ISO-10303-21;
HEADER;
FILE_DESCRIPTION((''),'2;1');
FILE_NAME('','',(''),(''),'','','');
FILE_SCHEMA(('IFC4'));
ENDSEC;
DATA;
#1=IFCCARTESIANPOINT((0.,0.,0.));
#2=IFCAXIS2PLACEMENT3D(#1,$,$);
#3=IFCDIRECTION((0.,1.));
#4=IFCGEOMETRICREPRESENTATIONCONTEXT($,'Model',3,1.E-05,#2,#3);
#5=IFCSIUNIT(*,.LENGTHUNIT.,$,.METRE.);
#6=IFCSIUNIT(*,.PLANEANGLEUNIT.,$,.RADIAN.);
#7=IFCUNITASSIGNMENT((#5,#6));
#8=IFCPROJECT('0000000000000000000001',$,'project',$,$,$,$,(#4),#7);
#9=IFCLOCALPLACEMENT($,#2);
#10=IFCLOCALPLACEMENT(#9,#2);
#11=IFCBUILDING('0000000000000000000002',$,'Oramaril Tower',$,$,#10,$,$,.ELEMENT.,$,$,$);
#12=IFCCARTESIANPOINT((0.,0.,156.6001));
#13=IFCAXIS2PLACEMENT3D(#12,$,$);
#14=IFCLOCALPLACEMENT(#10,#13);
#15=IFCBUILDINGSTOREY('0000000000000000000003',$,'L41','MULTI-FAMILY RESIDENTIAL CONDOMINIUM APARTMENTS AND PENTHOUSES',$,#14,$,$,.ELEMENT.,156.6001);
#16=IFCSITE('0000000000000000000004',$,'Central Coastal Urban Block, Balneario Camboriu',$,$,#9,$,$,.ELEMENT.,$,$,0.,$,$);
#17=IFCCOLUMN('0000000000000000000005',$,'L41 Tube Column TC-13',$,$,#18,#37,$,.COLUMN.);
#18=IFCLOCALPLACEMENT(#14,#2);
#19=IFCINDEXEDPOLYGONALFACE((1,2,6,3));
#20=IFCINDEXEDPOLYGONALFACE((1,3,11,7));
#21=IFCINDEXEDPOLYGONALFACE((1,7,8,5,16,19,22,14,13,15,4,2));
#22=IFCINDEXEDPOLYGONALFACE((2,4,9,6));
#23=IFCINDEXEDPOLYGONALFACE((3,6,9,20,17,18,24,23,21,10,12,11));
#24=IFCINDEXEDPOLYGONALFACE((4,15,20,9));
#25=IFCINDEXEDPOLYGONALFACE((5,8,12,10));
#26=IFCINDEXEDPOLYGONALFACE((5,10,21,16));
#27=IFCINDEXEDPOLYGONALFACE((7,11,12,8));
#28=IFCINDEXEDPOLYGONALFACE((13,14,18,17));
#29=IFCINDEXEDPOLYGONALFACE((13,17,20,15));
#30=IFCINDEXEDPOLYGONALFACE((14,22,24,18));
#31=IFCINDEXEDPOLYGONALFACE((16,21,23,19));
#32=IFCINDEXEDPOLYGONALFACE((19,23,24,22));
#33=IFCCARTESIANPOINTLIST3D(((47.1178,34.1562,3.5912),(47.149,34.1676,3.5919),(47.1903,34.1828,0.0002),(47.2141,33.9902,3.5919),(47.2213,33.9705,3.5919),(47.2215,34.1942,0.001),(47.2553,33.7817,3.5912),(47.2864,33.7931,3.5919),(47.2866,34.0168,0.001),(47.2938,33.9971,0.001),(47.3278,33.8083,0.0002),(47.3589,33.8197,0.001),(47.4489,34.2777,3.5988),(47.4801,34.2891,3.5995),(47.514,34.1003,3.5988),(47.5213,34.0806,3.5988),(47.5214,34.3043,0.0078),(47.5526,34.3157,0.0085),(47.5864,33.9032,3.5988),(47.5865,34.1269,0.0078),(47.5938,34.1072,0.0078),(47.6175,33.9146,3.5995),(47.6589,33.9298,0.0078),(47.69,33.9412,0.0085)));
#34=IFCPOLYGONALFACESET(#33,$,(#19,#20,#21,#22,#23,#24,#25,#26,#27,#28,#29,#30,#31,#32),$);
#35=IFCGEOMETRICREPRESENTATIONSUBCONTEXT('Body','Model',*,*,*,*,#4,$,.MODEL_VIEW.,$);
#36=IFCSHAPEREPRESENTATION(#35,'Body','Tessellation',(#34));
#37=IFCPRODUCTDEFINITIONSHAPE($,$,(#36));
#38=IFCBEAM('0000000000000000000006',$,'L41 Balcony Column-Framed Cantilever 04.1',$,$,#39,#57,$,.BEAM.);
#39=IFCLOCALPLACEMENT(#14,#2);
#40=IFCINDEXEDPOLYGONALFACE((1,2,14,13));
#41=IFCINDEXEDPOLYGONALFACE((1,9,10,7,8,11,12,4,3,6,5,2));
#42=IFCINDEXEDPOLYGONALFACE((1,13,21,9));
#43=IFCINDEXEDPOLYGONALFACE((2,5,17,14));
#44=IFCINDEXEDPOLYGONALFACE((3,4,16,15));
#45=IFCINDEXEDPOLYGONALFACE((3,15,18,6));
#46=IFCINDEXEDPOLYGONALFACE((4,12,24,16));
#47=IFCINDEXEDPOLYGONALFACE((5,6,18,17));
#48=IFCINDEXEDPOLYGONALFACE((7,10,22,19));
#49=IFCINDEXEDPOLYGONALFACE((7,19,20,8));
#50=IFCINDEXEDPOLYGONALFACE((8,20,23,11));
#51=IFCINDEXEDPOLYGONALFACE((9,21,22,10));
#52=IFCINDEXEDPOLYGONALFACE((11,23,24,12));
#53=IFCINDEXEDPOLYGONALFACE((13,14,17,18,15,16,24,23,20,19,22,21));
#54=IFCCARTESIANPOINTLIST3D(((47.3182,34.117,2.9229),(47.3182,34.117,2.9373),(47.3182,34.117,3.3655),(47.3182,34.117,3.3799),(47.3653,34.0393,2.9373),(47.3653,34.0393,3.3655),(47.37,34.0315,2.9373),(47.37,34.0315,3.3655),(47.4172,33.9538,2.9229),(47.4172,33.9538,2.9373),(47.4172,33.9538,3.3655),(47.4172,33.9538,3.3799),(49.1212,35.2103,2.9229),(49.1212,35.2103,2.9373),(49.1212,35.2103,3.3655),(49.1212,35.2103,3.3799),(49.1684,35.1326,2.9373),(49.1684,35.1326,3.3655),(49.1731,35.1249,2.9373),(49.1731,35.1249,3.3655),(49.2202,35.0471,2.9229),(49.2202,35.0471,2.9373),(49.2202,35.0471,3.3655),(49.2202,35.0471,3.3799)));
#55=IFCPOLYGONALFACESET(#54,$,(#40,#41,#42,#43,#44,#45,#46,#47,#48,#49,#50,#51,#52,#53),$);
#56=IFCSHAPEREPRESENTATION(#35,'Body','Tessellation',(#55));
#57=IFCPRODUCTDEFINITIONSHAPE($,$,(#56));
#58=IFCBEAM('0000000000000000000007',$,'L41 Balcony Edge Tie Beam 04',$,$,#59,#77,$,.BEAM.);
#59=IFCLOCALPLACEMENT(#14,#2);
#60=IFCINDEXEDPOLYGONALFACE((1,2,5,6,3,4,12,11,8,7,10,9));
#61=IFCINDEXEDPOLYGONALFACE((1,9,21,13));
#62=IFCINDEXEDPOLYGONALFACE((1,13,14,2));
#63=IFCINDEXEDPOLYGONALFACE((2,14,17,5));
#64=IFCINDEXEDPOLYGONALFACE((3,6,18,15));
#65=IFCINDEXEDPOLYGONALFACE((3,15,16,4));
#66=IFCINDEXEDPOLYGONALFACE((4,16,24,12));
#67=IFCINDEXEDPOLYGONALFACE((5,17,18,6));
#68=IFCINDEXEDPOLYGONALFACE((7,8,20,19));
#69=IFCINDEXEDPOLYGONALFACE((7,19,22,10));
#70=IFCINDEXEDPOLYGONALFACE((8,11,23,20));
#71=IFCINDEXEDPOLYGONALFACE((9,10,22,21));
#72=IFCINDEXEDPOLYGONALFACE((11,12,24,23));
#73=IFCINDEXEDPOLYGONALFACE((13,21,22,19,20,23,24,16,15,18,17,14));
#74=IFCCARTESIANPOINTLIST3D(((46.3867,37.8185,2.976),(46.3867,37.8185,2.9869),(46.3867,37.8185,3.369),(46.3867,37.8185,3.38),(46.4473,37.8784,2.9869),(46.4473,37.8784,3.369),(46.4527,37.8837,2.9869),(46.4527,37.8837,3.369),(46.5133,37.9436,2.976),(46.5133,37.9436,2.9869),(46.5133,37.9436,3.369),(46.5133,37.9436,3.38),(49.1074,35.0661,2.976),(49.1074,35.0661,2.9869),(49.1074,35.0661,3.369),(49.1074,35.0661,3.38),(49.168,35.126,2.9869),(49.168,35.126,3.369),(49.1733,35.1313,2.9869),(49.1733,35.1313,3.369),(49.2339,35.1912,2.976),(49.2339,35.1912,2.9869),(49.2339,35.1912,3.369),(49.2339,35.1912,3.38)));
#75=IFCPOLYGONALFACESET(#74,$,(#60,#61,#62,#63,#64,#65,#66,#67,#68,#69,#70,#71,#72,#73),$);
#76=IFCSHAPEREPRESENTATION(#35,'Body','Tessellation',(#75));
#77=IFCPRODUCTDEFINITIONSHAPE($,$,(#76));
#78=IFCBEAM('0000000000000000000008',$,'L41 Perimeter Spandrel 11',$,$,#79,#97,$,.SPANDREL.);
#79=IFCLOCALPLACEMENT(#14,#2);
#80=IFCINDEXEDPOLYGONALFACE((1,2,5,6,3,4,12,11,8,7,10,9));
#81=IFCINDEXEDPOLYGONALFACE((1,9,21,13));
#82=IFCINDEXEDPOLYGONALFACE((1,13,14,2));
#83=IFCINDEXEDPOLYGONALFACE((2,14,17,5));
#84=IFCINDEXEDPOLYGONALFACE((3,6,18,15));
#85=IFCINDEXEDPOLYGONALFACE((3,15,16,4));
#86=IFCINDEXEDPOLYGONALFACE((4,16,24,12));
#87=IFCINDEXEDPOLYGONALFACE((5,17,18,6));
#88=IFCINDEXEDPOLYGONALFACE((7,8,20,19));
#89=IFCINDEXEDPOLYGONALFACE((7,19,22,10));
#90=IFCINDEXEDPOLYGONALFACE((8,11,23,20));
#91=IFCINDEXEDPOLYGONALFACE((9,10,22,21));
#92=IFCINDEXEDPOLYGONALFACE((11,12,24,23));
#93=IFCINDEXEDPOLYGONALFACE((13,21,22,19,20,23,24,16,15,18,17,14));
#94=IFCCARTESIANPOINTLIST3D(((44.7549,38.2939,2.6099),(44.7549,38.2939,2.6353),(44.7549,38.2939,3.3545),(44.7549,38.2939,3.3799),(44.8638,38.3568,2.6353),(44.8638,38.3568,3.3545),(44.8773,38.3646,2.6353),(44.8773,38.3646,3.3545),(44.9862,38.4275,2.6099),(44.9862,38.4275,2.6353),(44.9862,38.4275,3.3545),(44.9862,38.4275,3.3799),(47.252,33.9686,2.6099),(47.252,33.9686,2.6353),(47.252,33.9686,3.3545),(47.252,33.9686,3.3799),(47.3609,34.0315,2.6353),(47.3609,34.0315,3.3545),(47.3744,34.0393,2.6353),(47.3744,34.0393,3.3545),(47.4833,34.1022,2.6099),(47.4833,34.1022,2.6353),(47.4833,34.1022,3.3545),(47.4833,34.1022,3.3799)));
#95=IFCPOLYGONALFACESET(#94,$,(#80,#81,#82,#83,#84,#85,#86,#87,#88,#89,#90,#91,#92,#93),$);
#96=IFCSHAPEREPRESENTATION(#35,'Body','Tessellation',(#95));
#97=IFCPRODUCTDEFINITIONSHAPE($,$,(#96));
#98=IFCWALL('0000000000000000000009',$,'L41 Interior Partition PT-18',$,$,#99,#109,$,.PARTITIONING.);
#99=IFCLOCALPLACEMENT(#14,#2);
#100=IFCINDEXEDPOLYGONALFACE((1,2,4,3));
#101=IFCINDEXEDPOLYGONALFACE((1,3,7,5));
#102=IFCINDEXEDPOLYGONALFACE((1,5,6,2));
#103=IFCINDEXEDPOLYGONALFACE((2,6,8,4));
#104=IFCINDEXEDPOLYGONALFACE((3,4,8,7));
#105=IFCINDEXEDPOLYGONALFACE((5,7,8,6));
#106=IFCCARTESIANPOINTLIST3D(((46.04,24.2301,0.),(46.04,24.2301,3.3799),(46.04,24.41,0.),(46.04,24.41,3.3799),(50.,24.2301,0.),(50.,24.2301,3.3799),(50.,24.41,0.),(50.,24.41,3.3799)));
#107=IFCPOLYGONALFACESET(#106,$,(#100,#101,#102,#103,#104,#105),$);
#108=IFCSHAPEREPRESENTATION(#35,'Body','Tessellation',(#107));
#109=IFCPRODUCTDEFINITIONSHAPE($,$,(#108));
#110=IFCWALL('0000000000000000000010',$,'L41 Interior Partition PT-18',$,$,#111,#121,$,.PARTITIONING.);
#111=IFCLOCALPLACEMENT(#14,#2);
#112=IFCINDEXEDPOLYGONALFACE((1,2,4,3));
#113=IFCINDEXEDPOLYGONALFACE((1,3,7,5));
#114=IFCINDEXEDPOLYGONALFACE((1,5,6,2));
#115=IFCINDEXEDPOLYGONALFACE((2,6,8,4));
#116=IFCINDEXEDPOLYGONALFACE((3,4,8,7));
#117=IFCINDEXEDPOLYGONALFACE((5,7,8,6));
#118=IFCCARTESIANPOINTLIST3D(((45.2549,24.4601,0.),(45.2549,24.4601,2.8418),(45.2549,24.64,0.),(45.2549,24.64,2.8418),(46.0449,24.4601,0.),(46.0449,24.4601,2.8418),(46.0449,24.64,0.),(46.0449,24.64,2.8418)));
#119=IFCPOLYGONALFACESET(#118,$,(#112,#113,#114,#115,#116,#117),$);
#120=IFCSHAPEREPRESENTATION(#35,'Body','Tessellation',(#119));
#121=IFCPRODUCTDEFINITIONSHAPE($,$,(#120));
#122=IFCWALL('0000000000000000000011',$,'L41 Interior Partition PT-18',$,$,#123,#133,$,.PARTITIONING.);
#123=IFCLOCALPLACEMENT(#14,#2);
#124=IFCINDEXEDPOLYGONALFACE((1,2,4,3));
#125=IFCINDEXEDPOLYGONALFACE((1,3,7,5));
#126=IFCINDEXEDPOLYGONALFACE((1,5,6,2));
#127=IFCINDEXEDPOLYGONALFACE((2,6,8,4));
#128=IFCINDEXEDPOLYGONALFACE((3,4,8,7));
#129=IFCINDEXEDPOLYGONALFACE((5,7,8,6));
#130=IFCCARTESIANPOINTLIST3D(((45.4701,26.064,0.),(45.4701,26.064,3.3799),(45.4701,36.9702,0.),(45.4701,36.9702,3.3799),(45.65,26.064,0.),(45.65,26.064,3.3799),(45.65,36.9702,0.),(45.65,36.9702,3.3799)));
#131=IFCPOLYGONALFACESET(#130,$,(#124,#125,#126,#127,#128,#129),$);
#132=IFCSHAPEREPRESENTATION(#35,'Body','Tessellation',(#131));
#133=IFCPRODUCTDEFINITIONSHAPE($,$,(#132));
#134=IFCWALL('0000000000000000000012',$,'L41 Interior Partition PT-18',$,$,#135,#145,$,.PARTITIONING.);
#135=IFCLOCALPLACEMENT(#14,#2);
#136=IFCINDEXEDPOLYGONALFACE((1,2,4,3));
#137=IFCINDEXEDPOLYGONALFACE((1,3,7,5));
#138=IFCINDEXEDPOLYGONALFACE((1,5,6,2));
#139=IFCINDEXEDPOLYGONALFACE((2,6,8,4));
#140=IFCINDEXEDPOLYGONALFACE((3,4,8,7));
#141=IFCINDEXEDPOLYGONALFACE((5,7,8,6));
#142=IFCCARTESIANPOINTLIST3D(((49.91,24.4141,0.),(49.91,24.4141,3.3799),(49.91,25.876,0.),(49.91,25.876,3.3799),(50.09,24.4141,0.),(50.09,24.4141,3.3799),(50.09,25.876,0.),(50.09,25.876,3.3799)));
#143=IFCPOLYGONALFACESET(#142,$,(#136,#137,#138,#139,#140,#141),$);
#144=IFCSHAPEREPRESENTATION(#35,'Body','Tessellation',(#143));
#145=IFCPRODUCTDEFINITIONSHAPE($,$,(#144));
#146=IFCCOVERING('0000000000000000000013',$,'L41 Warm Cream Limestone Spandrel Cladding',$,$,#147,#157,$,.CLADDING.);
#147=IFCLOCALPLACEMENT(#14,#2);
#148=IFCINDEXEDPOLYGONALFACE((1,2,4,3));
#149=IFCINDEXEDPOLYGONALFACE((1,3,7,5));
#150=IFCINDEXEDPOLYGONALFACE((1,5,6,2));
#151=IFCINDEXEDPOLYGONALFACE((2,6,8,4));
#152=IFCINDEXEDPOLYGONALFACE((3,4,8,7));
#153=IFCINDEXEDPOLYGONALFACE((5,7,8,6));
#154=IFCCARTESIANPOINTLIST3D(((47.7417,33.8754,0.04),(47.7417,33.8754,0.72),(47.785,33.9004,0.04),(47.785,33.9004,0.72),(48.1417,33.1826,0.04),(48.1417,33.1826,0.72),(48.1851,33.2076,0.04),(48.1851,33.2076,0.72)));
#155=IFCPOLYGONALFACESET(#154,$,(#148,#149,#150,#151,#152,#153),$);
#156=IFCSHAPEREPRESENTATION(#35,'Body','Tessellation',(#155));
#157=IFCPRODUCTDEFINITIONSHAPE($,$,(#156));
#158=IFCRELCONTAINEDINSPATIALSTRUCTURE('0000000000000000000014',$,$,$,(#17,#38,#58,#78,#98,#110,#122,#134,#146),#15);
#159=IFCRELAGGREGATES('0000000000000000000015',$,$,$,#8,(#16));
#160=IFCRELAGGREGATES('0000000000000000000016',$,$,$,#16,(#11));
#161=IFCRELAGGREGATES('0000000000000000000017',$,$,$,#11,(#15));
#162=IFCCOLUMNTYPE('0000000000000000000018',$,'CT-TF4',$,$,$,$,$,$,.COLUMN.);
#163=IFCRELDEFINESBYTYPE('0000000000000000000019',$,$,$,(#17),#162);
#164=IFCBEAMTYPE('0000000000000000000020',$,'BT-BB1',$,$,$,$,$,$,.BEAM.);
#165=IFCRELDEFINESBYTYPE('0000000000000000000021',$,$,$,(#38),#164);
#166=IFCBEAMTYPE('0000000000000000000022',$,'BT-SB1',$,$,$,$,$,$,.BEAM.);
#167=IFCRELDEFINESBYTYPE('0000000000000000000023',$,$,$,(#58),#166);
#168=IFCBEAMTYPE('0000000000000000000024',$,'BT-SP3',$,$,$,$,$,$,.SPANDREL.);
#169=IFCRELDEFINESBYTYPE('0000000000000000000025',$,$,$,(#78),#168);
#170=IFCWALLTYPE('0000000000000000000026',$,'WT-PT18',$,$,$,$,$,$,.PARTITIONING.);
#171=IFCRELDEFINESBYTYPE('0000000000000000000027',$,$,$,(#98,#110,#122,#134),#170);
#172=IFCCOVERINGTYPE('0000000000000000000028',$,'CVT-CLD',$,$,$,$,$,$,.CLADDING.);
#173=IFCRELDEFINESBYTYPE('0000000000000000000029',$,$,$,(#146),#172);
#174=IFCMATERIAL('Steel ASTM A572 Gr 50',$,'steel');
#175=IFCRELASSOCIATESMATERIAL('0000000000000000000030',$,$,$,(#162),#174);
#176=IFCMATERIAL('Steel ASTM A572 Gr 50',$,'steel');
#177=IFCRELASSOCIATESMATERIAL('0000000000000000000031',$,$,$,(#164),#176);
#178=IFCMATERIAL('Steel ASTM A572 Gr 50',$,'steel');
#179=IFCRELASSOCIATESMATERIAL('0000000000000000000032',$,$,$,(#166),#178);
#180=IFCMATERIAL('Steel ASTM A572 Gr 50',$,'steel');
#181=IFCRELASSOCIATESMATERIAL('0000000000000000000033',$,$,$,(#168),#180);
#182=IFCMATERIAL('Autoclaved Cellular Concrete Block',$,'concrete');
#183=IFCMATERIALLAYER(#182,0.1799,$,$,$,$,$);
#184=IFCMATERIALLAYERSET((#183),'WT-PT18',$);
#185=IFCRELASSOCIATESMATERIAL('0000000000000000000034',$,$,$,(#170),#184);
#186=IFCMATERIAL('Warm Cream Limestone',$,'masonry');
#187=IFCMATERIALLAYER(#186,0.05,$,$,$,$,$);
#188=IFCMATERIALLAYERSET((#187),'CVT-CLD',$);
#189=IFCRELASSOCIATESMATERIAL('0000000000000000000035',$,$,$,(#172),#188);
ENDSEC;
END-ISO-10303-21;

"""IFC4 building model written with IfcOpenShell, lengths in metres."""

from ifc_helpers import new_model, si_unit, direction, frame, frame_2d, origin, origin_2d, place, context, subcontext, project, spatial, rectangle, i_section, extrude, material, layer, layer_set, material_profile, profile_set, type_object, element, save


model = new_model("IFC4")

# Units and contexts
model_context = context("Model", 3, precision=1e-05, world=origin(), true_north=direction((0.0, 1.0)))
body_context = subcontext(model_context, "Body", "Model", "MODEL_VIEW")
ifc_project = project(units=[si_unit("LENGTHUNIT", "METRE"), si_unit("PLANEANGLEUNIT", "RADIAN")], contexts=[model_context])

# Site, building, storey
site_placement = place(None, origin())
site = spatial("IfcSite", under=ifc_project, at=site_placement, Name="Central Coastal Urban Block, Balneario Camboriu", CompositionType="ELEMENT", RefElevation=0.0)
building_placement = place(site_placement, origin())
building = spatial("IfcBuilding", under=site, at=building_placement, Name="Oramaril Tower", CompositionType="ELEMENT")
storey_placement = place(building_placement, frame((0.0, 0.0, 156.6001)))
storey = spatial("IfcBuildingStorey", under=building, at=storey_placement, Name="L41", Description="MULTI-FAMILY RESIDENTIAL CONDOMINIUM APARTMENTS AND PENTHOUSES", CompositionType="ELEMENT", Elevation=156.6001)

# Column
ifc_material_1 = material(Name="Steel ASTM A572 Gr 50", Category="steel")
ifc_material_profile_1 = material_profile(ifc_material_1, i_section(OverallWidth=0.3989, OverallDepth=0.386, WebThickness=0.021, FlangeThickness=0.0332, at=origin_2d()), Name="W14X176")
ifc_profile_set_1 = profile_set([ifc_material_profile_1], Name="Steel ASTM A572 Gr 50")
column_type = type_object("IfcColumnType", Name="CT-TF4", PredefinedType="COLUMN", material=ifc_profile_set_1)
column_placement = place(storey_placement, frame((47.4402, 34.062, 0.0044), z_axis=(-0.020187, -0.007409, 0.999769), x_axis=(0.344533, -0.938774, 0.0)))
element("IfcColumn", 1, at=column_placement, inside=storey, type_object=column_type, Name="L41 Tube Column TC-13", PredefinedType="COLUMN", context=body_context, shape_type="SweptSolid", body=[
    extrude(i_section(OverallWidth=0.3989, OverallDepth=0.386, WebThickness=0.021, FlangeThickness=0.0332, at=origin_2d()), origin(), (0.0, 0.0, 1.0), 3.5918),
])

# Beams
ifc_material_2 = material(Name="Steel ASTM A572 Gr 50", Category="steel")
ifc_material_profile_2 = material_profile(ifc_material_2, i_section(OverallWidth=0.1909, OverallDepth=0.457, WebThickness=0.009, FlangeThickness=0.0144, at=origin_2d()), Name="W18X50")
ifc_profile_set_2 = profile_set([ifc_material_profile_2], Name="Steel ASTM A572 Gr 50")
beam_type_1 = type_object("IfcBeamType", Name="BT-BB1", PredefinedType="BEAM", material=ifc_profile_set_2)
beam_1_placement = place(storey_placement, frame((47.3677, 34.0354, 3.1514), z_axis=(0.855083, 0.518492, 0.0), x_axis=(-0.518492, 0.855083, 0.0)))
element("IfcBeam", 2, at=beam_1_placement, inside=storey, type_object=beam_type_1, Name="L41 Balcony Column-Framed Cantilever 04.1", PredefinedType="BEAM", context=body_context, shape_type="SweptSolid", body=[
    extrude(i_section(OverallWidth=0.1909, OverallDepth=0.457, WebThickness=0.009, FlangeThickness=0.0144, at=origin_2d()), origin(), (0.0, 0.0, 1.0), 2.1086),
])
ifc_material_3 = material(Name="Steel ASTM A572 Gr 50", Category="steel")
ifc_material_profile_3 = material_profile(ifc_material_3, i_section(OverallWidth=0.178, OverallDepth=0.4041, WebThickness=0.0076, FlangeThickness=0.011, at=origin_2d()), Name="W16X36")
ifc_profile_set_3 = profile_set([ifc_material_profile_3], Name="Steel ASTM A572 Gr 50")
beam_type_2 = type_object("IfcBeamType", Name="BT-SB1", PredefinedType="BEAM", material=ifc_profile_set_3)
beam_2_placement = place(storey_placement, frame((49.1707, 35.1287, 3.178), z_axis=(-0.702995, 0.711195, 0.0), x_axis=(-0.711195, -0.702995, 0.0)))
element("IfcBeam", 3, at=beam_2_placement, inside=storey, type_object=beam_type_2, Name="L41 Balcony Edge Tie Beam 04", PredefinedType="BEAM", context=body_context, shape_type="SweptSolid", body=[
    extrude(i_section(OverallWidth=0.178, OverallDepth=0.4041, WebThickness=0.0076, FlangeThickness=0.011, at=origin_2d()), origin(), (0.0, 0.0, 1.0), 3.8701),
])
ifc_material_4 = material(Name="Steel ASTM A572 Gr 50", Category="steel")
ifc_material_profile_4 = material_profile(ifc_material_4, i_section(OverallWidth=0.2671, OverallDepth=0.77, WebThickness=0.0156, FlangeThickness=0.0254, at=origin_2d()), Name="W30X132")
ifc_profile_set_4 = profile_set([ifc_material_profile_4], Name="Steel ASTM A572 Gr 50")
beam_type_3 = type_object("IfcBeamType", Name="BT-SP3", PredefinedType="SPANDREL", material=ifc_profile_set_4)
beam_3_placement = place(storey_placement, frame((47.3677, 34.0354, 2.9949), z_axis=(-0.499988, 0.866033, 0.0), x_axis=(-0.866033, -0.499988, 0.0)))
element("IfcBeam", 4, at=beam_3_placement, inside=storey, type_object=beam_type_3, Name="L41 Perimeter Spandrel 11", PredefinedType="SPANDREL", context=body_context, shape_type="SweptSolid", body=[
    extrude(i_section(OverallWidth=0.2671, OverallDepth=0.77, WebThickness=0.0156, FlangeThickness=0.0254, at=origin_2d()), origin(), (0.0, 0.0, 1.0), 4.9944),
])

# Walls
ifc_material_5 = material(Name="Autoclaved Cellular Concrete Block", Category="concrete")
ifc_layer_1 = layer(ifc_material_5, 0.1799)
ifc_layer_set_1 = layer_set([ifc_layer_1], Name="WT-PT18")
wall_type = type_object("IfcWallType", Name="WT-PT18", PredefinedType="PARTITIONING", material=ifc_layer_set_1)
wall_1_placement = place(storey_placement, frame((46.04, 24.3201, 0.0), z_axis=(0.0, 0.0, 1.0), x_axis=(1.0, 0.0, 0.0)))
element("IfcWall", 5, at=wall_1_placement, inside=storey, type_object=wall_type, Name="L41 Interior Partition PT-18", PredefinedType="PARTITIONING", context=body_context, shape_type="SweptSolid", body=[
    extrude(rectangle(XDim=3.96, YDim=0.1799, at=frame_2d((1.98, 0.0))), origin(), (0.0, 0.0, 1.0), 3.3799),
])
wall_2_placement = place(storey_placement, frame((45.2549, 24.55, 0.0), z_axis=(0.0, 0.0, 1.0), x_axis=(1.0, 0.0, 0.0)))
element("IfcWall", 6, at=wall_2_placement, inside=storey, type_object=wall_type, Name="L41 Interior Partition PT-18", PredefinedType="PARTITIONING", context=body_context, shape_type="SweptSolid", body=[
    extrude(rectangle(XDim=0.79, YDim=0.1799, at=frame_2d((0.395, 0.0))), origin(), (0.0, 0.0, 1.0), 2.8418),
])
wall_3_placement = place(storey_placement, frame((45.5601, 26.064, 0.0), z_axis=(0.0, 0.0, 1.0), x_axis=(0.0, 1.0, 0.0)))
element("IfcWall", 7, at=wall_3_placement, inside=storey, type_object=wall_type, Name="L41 Interior Partition PT-18", PredefinedType="PARTITIONING", context=body_context, shape_type="SweptSolid", body=[
    extrude(rectangle(XDim=10.9062, YDim=0.1799, at=frame_2d((5.4531, 0.0))), origin(), (0.0, 0.0, 1.0), 3.3799),
])
wall_4_placement = place(storey_placement, frame((50.0, 24.4141, 0.0), z_axis=(0.0, 0.0, 1.0), x_axis=(0.0, 1.0, 0.0)))
element("IfcWall", 8, at=wall_4_placement, inside=storey, type_object=wall_type, Name="L41 Interior Partition PT-18", PredefinedType="PARTITIONING", context=body_context, shape_type="SweptSolid", body=[
    extrude(rectangle(XDim=1.4619, YDim=0.1799, at=frame_2d((0.731, 0.0))), origin(), (0.0, 0.0, 1.0), 3.3799),
])

# Covering
ifc_material_6 = material(Name="Warm Cream Limestone", Category="masonry")
ifc_layer_2 = layer(ifc_material_6, 0.05)
ifc_layer_set_2 = layer_set([ifc_layer_2], Name="CVT-CLD")
covering_type = type_object("IfcCoveringType", Name="CVT-CLD", PredefinedType="CLADDING", material=ifc_layer_set_2)
covering_placement = place(storey_placement, frame((47.9634, 33.5415, 0.04), z_axis=(0.0, 0.0, 1.0), x_axis=(-0.5, 0.866025, 0.0)))
element("IfcCovering", 9, at=covering_placement, inside=storey, type_object=covering_type, Name="L41 Warm Cream Limestone Spandrel Cladding", PredefinedType="CLADDING", context=body_context, shape_type="SweptSolid", body=[
    extrude(rectangle(XDim=0.8, YDim=0.05, at=origin_2d()), origin(), (0.0, 0.0, 1.0), 0.6799),
])

save(model, "model.ifc")
